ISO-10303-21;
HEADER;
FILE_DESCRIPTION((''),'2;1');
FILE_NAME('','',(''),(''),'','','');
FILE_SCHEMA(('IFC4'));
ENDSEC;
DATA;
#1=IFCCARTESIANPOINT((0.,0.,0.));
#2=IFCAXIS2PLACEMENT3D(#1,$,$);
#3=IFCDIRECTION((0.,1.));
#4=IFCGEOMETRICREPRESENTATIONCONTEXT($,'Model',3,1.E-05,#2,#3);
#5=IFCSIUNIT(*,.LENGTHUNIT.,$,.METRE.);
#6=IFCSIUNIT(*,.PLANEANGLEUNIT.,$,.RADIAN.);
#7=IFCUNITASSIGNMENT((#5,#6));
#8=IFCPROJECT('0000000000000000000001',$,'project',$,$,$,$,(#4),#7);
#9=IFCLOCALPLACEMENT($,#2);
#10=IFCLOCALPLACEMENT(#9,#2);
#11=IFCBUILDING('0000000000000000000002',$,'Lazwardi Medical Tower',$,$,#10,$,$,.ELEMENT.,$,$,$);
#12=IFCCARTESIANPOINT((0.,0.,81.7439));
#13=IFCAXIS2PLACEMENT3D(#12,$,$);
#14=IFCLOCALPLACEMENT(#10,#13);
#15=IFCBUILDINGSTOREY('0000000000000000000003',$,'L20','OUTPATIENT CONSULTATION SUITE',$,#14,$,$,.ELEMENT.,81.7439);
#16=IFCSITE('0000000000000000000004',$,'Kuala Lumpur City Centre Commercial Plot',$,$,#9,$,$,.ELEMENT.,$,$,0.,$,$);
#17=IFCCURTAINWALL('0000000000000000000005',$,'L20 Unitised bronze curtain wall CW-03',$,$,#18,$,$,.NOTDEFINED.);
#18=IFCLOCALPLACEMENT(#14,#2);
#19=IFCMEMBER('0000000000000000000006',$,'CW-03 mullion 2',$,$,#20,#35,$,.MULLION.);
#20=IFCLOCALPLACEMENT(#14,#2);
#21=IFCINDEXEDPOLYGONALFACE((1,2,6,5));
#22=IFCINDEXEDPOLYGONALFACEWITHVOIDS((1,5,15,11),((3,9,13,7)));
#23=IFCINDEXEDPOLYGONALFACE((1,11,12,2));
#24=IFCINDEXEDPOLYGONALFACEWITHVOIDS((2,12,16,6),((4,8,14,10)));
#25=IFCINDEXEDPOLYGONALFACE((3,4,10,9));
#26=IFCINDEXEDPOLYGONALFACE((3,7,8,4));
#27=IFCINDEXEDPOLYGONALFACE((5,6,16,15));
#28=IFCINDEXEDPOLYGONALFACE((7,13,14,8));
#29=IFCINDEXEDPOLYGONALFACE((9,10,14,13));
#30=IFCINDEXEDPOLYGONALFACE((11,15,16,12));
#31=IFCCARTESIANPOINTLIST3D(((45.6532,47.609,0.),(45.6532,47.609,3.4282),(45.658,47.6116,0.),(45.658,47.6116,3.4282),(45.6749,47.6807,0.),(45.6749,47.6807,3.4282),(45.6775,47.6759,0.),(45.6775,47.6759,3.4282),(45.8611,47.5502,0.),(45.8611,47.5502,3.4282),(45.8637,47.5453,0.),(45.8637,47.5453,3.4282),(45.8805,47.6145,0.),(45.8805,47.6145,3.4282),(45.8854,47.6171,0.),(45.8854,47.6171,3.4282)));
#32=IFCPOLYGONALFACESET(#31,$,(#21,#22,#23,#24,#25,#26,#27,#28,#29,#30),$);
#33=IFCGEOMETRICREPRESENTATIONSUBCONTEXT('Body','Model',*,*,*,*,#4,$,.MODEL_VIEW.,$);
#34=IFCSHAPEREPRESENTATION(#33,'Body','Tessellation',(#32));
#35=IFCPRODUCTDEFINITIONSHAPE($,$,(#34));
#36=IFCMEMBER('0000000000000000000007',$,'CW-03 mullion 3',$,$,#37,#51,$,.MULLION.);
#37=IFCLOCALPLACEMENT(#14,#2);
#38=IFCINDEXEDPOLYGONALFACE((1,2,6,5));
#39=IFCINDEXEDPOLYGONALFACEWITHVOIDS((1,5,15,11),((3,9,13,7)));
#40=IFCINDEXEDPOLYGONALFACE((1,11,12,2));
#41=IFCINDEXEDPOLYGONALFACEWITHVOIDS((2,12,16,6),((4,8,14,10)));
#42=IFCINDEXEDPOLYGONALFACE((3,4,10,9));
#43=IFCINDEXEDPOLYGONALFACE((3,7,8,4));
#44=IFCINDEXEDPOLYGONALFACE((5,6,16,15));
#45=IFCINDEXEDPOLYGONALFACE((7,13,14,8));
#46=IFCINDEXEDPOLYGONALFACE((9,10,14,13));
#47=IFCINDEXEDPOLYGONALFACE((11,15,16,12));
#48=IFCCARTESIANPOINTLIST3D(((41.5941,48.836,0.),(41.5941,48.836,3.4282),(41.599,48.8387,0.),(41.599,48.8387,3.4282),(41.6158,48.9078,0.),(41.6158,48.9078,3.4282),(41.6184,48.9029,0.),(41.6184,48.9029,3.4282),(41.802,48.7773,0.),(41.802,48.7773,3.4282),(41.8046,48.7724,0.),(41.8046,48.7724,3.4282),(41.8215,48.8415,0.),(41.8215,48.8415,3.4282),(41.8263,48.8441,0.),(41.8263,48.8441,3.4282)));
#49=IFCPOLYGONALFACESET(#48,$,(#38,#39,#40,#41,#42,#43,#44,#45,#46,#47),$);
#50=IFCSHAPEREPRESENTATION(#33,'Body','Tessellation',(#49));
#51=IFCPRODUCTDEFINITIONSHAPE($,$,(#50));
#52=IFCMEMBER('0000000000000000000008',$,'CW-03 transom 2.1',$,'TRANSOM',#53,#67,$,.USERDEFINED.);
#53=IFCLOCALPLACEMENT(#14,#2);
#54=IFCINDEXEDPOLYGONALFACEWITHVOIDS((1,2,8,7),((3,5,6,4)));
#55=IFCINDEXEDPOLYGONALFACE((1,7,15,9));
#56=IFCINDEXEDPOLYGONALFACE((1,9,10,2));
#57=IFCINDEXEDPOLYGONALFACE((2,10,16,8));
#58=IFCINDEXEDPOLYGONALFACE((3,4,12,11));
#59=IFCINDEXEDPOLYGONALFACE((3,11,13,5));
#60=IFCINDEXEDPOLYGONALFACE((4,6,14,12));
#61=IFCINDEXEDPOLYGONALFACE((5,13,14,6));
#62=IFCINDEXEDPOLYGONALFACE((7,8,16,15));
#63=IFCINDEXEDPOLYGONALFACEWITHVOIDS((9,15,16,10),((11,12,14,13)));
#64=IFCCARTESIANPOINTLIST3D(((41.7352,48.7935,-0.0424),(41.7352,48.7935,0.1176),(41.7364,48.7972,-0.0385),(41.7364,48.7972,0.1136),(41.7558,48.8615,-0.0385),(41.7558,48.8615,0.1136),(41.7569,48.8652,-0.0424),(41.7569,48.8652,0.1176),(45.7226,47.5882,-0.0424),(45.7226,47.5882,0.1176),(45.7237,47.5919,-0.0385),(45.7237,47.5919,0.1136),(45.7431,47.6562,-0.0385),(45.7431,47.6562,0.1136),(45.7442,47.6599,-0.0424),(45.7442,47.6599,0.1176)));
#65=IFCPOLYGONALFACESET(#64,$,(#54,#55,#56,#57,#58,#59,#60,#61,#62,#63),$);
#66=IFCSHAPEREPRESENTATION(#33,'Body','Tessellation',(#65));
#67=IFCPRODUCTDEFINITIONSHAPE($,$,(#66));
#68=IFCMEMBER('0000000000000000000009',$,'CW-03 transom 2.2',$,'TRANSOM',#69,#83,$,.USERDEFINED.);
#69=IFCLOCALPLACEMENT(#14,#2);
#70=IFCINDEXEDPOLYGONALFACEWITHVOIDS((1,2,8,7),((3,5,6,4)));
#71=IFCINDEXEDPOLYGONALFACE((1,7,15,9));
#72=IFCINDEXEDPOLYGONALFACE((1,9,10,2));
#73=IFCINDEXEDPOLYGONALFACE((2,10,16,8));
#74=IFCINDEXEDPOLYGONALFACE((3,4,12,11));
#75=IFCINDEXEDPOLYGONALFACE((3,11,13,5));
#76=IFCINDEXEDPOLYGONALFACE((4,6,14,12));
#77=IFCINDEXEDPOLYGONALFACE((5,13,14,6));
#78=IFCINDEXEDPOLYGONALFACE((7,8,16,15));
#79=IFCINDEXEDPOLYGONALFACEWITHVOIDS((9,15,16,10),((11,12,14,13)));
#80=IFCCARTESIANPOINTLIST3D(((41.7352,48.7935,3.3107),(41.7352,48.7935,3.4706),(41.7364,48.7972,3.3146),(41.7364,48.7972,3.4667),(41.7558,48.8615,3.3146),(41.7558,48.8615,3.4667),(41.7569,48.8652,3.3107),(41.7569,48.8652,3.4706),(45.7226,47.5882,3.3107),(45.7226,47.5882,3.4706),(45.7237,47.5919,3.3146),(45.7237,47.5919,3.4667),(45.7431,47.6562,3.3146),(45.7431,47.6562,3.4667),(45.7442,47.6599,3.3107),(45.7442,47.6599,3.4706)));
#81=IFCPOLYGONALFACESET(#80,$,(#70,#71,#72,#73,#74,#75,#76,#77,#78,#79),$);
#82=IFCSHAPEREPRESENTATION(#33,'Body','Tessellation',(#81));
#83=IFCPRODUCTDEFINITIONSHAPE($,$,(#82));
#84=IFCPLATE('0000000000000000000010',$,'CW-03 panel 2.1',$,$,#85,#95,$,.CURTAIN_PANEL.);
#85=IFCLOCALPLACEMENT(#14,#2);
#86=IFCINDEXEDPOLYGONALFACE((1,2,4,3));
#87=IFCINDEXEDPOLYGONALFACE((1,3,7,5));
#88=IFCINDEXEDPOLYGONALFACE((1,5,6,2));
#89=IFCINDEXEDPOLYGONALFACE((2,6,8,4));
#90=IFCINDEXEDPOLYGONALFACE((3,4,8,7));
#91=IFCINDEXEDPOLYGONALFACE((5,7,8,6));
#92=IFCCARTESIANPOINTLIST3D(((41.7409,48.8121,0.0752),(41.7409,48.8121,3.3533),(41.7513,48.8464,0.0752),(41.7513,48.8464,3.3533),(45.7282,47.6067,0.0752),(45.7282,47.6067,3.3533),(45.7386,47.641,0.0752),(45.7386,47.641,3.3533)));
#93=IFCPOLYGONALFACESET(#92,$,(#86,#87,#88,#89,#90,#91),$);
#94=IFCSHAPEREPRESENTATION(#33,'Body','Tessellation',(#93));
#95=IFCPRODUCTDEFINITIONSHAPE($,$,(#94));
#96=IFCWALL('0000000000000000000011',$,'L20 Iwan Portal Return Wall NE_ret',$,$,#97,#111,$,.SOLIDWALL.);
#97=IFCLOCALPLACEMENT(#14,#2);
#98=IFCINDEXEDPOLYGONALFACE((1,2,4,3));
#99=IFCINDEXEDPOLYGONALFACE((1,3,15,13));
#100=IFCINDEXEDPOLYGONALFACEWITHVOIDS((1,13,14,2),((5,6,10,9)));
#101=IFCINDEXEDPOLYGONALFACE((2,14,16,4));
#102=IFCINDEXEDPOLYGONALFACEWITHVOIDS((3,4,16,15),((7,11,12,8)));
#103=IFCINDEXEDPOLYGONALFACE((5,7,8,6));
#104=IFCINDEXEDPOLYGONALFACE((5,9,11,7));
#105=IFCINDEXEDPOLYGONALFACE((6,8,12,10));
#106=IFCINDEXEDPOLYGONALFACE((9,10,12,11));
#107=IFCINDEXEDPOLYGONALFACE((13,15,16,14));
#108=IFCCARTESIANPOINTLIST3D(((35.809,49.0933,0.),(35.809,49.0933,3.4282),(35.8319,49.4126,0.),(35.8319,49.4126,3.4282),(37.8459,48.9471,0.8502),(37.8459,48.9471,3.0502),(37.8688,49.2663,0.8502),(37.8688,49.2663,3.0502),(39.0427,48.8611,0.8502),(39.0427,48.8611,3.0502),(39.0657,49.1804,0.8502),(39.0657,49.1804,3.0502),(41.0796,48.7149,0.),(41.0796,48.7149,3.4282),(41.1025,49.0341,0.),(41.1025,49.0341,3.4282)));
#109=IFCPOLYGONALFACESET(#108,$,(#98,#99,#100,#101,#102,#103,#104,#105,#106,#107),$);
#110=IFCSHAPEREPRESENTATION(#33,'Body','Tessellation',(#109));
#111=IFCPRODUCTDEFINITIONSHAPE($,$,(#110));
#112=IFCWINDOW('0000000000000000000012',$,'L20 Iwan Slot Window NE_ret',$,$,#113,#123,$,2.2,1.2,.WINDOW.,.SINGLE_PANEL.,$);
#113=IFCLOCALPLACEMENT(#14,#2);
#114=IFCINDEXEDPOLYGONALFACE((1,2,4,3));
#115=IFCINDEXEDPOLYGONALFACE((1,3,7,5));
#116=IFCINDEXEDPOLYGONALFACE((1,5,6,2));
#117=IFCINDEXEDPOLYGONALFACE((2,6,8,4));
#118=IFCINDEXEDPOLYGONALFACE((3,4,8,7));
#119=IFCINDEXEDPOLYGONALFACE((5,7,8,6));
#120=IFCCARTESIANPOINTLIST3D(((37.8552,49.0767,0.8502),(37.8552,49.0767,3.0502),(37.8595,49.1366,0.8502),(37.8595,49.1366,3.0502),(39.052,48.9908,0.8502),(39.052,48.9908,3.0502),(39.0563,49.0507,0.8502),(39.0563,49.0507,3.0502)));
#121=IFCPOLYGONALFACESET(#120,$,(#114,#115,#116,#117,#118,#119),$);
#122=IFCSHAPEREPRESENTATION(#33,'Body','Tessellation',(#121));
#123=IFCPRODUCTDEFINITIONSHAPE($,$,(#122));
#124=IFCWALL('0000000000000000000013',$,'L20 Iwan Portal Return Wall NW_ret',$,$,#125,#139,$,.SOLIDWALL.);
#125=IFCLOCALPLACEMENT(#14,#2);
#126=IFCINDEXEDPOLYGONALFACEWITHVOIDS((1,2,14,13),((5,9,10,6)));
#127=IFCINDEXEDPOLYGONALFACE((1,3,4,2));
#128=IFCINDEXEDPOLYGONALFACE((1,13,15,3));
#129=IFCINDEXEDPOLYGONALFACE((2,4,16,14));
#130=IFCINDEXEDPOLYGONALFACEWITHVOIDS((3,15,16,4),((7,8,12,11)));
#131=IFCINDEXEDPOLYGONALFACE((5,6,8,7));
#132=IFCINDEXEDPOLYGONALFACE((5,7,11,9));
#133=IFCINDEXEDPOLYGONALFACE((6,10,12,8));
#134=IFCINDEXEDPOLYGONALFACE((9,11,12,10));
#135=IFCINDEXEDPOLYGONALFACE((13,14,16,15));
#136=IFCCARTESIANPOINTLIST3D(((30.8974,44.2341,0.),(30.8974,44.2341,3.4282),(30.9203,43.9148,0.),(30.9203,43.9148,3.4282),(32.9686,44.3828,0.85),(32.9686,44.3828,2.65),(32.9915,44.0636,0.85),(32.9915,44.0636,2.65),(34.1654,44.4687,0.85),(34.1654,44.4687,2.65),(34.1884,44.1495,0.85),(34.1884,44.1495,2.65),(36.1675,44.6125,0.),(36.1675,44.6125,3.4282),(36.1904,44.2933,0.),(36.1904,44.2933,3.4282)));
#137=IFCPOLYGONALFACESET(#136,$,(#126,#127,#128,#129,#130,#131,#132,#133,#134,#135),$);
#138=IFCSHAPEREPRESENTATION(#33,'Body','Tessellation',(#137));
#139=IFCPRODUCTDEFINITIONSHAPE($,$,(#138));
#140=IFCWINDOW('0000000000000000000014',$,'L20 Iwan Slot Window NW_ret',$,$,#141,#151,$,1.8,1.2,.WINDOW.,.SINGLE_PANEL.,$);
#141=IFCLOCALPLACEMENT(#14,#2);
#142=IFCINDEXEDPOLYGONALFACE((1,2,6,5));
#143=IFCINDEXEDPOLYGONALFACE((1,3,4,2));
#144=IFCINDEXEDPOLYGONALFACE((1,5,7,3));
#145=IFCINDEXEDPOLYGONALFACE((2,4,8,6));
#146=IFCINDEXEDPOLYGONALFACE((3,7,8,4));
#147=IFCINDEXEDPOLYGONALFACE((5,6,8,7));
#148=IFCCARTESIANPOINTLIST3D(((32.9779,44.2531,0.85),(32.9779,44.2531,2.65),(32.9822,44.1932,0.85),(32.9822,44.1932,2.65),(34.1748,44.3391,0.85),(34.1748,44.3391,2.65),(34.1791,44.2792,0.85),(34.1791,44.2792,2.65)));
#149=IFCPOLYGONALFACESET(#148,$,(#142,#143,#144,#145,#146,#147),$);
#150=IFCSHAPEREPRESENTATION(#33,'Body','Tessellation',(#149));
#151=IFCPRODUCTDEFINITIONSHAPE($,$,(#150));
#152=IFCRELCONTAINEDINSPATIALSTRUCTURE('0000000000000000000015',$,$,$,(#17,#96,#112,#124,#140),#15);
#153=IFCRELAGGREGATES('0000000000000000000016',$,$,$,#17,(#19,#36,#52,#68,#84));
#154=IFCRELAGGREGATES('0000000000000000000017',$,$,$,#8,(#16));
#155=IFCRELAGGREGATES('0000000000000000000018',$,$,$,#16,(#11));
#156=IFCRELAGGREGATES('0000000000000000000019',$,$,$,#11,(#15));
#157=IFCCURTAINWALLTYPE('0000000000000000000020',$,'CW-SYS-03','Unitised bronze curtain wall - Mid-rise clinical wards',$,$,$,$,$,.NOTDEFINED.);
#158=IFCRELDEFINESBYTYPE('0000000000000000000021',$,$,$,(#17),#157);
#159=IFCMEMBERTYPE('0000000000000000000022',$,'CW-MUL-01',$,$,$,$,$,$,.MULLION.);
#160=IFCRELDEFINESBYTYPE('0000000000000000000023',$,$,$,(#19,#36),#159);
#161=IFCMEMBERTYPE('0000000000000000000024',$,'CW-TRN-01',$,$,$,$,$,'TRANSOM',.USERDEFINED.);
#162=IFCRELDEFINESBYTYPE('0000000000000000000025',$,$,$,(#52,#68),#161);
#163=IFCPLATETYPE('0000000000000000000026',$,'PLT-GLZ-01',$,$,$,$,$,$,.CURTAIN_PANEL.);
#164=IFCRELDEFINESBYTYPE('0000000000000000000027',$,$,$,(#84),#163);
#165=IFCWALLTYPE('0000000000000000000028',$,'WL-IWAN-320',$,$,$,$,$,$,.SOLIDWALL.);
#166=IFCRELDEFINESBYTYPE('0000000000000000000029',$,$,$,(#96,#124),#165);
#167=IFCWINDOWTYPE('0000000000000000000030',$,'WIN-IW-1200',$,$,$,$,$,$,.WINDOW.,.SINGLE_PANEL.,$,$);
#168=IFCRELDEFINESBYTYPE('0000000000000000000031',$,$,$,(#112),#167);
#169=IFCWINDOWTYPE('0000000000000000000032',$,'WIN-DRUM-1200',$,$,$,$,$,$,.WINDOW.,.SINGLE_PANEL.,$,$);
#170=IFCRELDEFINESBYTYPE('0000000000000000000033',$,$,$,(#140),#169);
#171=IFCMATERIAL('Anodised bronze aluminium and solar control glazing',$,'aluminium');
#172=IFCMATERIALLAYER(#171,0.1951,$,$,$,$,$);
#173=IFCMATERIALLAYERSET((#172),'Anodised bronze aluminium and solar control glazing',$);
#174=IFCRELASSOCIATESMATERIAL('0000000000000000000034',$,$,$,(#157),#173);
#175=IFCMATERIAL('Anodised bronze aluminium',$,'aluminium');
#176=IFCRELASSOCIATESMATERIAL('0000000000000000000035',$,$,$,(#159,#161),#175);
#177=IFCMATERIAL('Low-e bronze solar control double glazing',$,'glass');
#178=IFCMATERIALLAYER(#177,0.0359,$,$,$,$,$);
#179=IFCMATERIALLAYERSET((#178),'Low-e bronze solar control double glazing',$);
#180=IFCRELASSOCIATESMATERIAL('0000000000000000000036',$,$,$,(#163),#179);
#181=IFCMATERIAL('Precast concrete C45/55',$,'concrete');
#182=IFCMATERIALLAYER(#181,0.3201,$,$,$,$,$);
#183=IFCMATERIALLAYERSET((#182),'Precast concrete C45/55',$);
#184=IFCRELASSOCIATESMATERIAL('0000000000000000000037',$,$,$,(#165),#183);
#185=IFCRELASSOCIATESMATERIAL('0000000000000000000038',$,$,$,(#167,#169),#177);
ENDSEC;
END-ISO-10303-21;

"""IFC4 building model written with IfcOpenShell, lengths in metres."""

from ifc_helpers import new_model, si_unit, direction, frame, frame_2d, origin, origin_2d, place, context, subcontext, project, spatial, rectangle, hollow_rectangle, extrude, material, layer, layer_set, material_profile, profile_set, type_object, element, fill, aggregate, save


model = new_model("IFC4")

# Units and contexts
model_context = context("Model", 3, precision=1e-05, world=origin(), true_north=direction((0.0, 1.0)))
body_context = subcontext(model_context, "Body", "Model", "MODEL_VIEW")
ifc_project = project(units=[si_unit("LENGTHUNIT", "METRE"), si_unit("PLANEANGLEUNIT", "RADIAN")], contexts=[model_context])

# Site, building, storey
site_placement = place(None, origin())
site = spatial("IfcSite", under=ifc_project, at=site_placement, Name="Kuala Lumpur City Centre Commercial Plot", CompositionType="ELEMENT", RefElevation=0.0)
building_placement = place(site_placement, origin())
building = spatial("IfcBuilding", under=site, at=building_placement, Name="Lazwardi Medical Tower", CompositionType="ELEMENT")
storey_placement = place(building_placement, frame((0.0, 0.0, 81.7439)))
storey = spatial("IfcBuildingStorey", under=building, at=storey_placement, Name="L20", Description="OUTPATIENT CONSULTATION SUITE", CompositionType="ELEMENT", Elevation=81.7439)

# Curtain wall, members, plate
ifc_material_1 = material(Name="Anodised bronze aluminium and solar control glazing", Category="aluminium")
ifc_layer_1 = layer(ifc_material_1, 0.1951)
ifc_layer_set_1 = layer_set([ifc_layer_1], Name="Anodised bronze aluminium and solar control glazing")
curtain_wall_type = type_object("IfcCurtainWallType", Name="CW-SYS-03", Description="Unitised bronze curtain wall - Mid-rise clinical wards", PredefinedType="NOTDEFINED", material=ifc_layer_set_1)
curtain_wall_placement = place(storey_placement, origin())
curtain_wall = element("IfcCurtainWall", 1, at=curtain_wall_placement, inside=storey, type_object=curtain_wall_type, Name="L20 Unitised bronze curtain wall CW-03", PredefinedType="NOTDEFINED")
ifc_material_2 = material(Name="Anodised bronze aluminium", Category="aluminium")
ifc_material_profile_1 = material_profile(ifc_material_2, hollow_rectangle(XDim=0.075, YDim=0.22, WallThickness=0.0039, at=origin_2d()), Name="ALU-MULLION 220x75x4")
ifc_profile_set_1 = profile_set([ifc_material_profile_1], Name="Anodised bronze aluminium")
member_type_1 = type_object("IfcMemberType", Name="CW-MUL-01", PredefinedType="MULLION", material=ifc_profile_set_1)
member_1_placement = place(storey_placement, frame((45.7693, 47.613, 0.0), z_axis=(0.0, 0.0, 1.0), x_axis=(-0.289374, -0.957216, 0.0)))
member_1 = element("IfcMember", 2, at=member_1_placement, type_object=member_type_1, Name="CW-03 mullion 2", PredefinedType="MULLION", context=body_context, shape_type="SweptSolid", body=[
    extrude(hollow_rectangle(XDim=0.075, YDim=0.22, WallThickness=0.0039, at=origin_2d()), origin(), (0.0, 0.0, 1.0), 3.4282),
])
member_2_placement = place(storey_placement, frame((41.7102, 48.8401, 0.0), z_axis=(0.0, 0.0, 1.0), x_axis=(-0.289374, -0.957216, 0.0)))
member_2 = element("IfcMember", 3, at=member_2_placement, type_object=member_type_1, Name="CW-03 mullion 3", PredefinedType="MULLION", context=body_context, shape_type="SweptSolid", body=[
    extrude(hollow_rectangle(XDim=0.075, YDim=0.22, WallThickness=0.0039, at=origin_2d()), origin(), (0.0, 0.0, 1.0), 3.4282),
])
ifc_material_profile_2 = material_profile(ifc_material_2, hollow_rectangle(XDim=0.075, YDim=0.1599, WallThickness=0.0039, at=origin_2d()), Name="ALU-TRANSOM 160x75x4")
ifc_profile_set_2 = profile_set([ifc_material_profile_2], Name="Anodised bronze aluminium")
member_type_2 = type_object("IfcMemberType", Name="CW-TRN-01", ElementType="TRANSOM", PredefinedType="USERDEFINED", material=ifc_profile_set_2)
member_3_placement = place(storey_placement, frame((45.7334, 47.624, 0.0376), z_axis=(-0.957221, 0.289358, 0.0), x_axis=(-0.289358, -0.957221, 0.0)))
member_3 = element("IfcMember", 4, at=member_3_placement, type_object=member_type_2, Name="CW-03 transom 2.1", ObjectType="TRANSOM", PredefinedType="USERDEFINED", context=body_context, shape_type="SweptSolid", body=[
    extrude(hollow_rectangle(XDim=0.075, YDim=0.1599, WallThickness=0.0039, at=origin_2d()), origin(), (0.0, 0.0, 1.0), 4.1655),
])
member_4_placement = place(storey_placement, frame((45.7334, 47.624, 3.3906), z_axis=(-0.957221, 0.289358, 0.0), x_axis=(-0.289358, -0.957221, 0.0)))
member_4 = element("IfcMember", 5, at=member_4_placement, type_object=member_type_2, Name="CW-03 transom 2.2", ObjectType="TRANSOM", PredefinedType="USERDEFINED", context=body_context, shape_type="SweptSolid", body=[
    extrude(hollow_rectangle(XDim=0.075, YDim=0.1599, WallThickness=0.0039, at=origin_2d()), origin(), (0.0, 0.0, 1.0), 4.1655),
])
ifc_material_3 = material(Name="Low-e bronze solar control double glazing", Category="glass")
ifc_layer_2 = layer(ifc_material_3, 0.0359)
ifc_layer_set_2 = layer_set([ifc_layer_2], Name="Low-e bronze solar control double glazing")
plate_type = type_object("IfcPlateType", Name="PLT-GLZ-01", PredefinedType="CURTAIN_PANEL", material=ifc_layer_set_2)
plate_placement = place(storey_placement, frame((43.7397, 48.2266, 0.0752), z_axis=(0.0, 0.0, 1.0), x_axis=(-0.957216, 0.289374, 0.0)))
plate = element("IfcPlate", 6, at=plate_placement, type_object=plate_type, Name="CW-03 panel 2.1", PredefinedType="CURTAIN_PANEL", context=body_context, shape_type="SweptSolid", body=[
    extrude(rectangle(XDim=4.1655, YDim=0.0359, at=origin_2d()), origin(), (0.0, 0.0, 1.0), 3.2781),
])
aggregate(curtain_wall, [member_1, member_2, member_3, member_4, plate])

# Walls, openings, windows
ifc_material_4 = material(Name="Precast concrete C45/55", Category="concrete")
ifc_layer_3 = layer(ifc_material_4, 0.3201)
ifc_layer_set_3 = layer_set([ifc_layer_3], Name="Precast concrete C45/55")
wall_type_1 = type_object("IfcWallType", Name="WL-IWAN-320", PredefinedType="SOLIDWALL", material=ifc_layer_set_3)
wall_1_placement = place(storey_placement, frame((41.0911, 48.8745, 0.0), z_axis=(0.0, 0.0, 1.0), x_axis=(-0.997432, 0.071615, 0.0)))
wall_1 = element("IfcWall", 7, at=wall_1_placement, inside=storey, type_object=wall_type_1, Name="L20 Iwan Portal Return Wall NE_ret", PredefinedType="SOLIDWALL", context=body_context, shape_type="SweptSolid", body=[
    extrude(rectangle(XDim=5.2842, YDim=0.3201, at=frame_2d((2.6421, 0.0))), origin(), (0.0, 0.0, 1.0), 3.4282),
])
opening_1_placement = place(wall_1_placement, frame((2.042, 0.0, 0.8501)))
opening_1 = element("IfcOpeningElement", 8, at=opening_1_placement, cuts=wall_1, PredefinedType="OPENING", context=body_context, shape_type="SweptSolid", body=[
    extrude(rectangle(XDim=1.2, YDim=2.2, at=frame_2d((0.6001, 1.1001))), frame((0.0, 0.1699, 0.0), z_axis=(0.0, -1.0, 0.0), x_axis=(1.0, 0.0, 0.0)), (0.0, 0.0, 1.0), 0.3401),
])
window_type_1 = type_object("IfcWindowType", Name="WIN-IW-1200", PartitioningType="SINGLE_PANEL", PredefinedType="WINDOW", material=ifc_material_3)
window_1_placement = place(opening_1_placement, origin())
window_1 = element("IfcWindow", 9, at=window_1_placement, inside=storey, type_object=window_type_1, Name="L20 Iwan Slot Window NE_ret", OverallHeight=2.2, OverallWidth=1.2, PartitioningType="SINGLE_PANEL", PredefinedType="WINDOW", context=body_context, shape_type="SweptSolid", body=[
    extrude(rectangle(XDim=1.2, YDim=2.2, at=frame_2d((0.6001, 1.1001))), frame((0.0, 0.03, 0.0), z_axis=(0.0, -1.0, 0.0), x_axis=(1.0, 0.0, 0.0)), (0.0, 0.0, 1.0), 0.0601),
])
fill(opening_1, window_1)
wall_2_placement = place(storey_placement, frame((36.179, 44.4529, 0.0), z_axis=(0.0, 0.0, 1.0), x_axis=(-0.997432, -0.071621, 0.0)))
wall_2 = element("IfcWall", 10, at=wall_2_placement, inside=storey, type_object=wall_type_1, Name="L20 Iwan Portal Return Wall NW_ret", PredefinedType="SOLIDWALL", context=body_context, shape_type="SweptSolid", body=[
    extrude(rectangle(XDim=5.2837, YDim=0.3201, at=frame_2d((2.6418, 0.0))), origin(), (0.0, 0.0, 1.0), 3.4282),
])
opening_2_placement = place(wall_2_placement, frame((2.0071, 0.0, 0.8501)))
opening_2 = element("IfcOpeningElement", 11, at=opening_2_placement, cuts=wall_2, PredefinedType="OPENING", context=body_context, shape_type="SweptSolid", body=[
    extrude(rectangle(XDim=1.2, YDim=1.8, at=frame_2d((0.6001, 0.8999))), frame((0.0, 0.1699, 0.0), z_axis=(0.0, -1.0, 0.0), x_axis=(1.0, 0.0, 0.0)), (0.0, 0.0, 1.0), 0.3401),
])
window_type_2 = type_object("IfcWindowType", Name="WIN-DRUM-1200", PartitioningType="SINGLE_PANEL", PredefinedType="WINDOW", material=ifc_material_3)
window_2_placement = place(opening_2_placement, origin())
window_2 = element("IfcWindow", 12, at=window_2_placement, inside=storey, type_object=window_type_2, Name="L20 Iwan Slot Window NW_ret", OverallHeight=1.8, OverallWidth=1.2, PartitioningType="SINGLE_PANEL", PredefinedType="WINDOW", context=body_context, shape_type="SweptSolid", body=[
    extrude(rectangle(XDim=1.2, YDim=1.8, at=frame_2d((0.6001, 0.8999))), frame((0.0, 0.03, 0.0), z_axis=(0.0, -1.0, 0.0), x_axis=(1.0, 0.0, 0.0)), (0.0, 0.0, 1.0), 0.0601),
])
fill(opening_2, window_2)

save(model, "model.ifc")
